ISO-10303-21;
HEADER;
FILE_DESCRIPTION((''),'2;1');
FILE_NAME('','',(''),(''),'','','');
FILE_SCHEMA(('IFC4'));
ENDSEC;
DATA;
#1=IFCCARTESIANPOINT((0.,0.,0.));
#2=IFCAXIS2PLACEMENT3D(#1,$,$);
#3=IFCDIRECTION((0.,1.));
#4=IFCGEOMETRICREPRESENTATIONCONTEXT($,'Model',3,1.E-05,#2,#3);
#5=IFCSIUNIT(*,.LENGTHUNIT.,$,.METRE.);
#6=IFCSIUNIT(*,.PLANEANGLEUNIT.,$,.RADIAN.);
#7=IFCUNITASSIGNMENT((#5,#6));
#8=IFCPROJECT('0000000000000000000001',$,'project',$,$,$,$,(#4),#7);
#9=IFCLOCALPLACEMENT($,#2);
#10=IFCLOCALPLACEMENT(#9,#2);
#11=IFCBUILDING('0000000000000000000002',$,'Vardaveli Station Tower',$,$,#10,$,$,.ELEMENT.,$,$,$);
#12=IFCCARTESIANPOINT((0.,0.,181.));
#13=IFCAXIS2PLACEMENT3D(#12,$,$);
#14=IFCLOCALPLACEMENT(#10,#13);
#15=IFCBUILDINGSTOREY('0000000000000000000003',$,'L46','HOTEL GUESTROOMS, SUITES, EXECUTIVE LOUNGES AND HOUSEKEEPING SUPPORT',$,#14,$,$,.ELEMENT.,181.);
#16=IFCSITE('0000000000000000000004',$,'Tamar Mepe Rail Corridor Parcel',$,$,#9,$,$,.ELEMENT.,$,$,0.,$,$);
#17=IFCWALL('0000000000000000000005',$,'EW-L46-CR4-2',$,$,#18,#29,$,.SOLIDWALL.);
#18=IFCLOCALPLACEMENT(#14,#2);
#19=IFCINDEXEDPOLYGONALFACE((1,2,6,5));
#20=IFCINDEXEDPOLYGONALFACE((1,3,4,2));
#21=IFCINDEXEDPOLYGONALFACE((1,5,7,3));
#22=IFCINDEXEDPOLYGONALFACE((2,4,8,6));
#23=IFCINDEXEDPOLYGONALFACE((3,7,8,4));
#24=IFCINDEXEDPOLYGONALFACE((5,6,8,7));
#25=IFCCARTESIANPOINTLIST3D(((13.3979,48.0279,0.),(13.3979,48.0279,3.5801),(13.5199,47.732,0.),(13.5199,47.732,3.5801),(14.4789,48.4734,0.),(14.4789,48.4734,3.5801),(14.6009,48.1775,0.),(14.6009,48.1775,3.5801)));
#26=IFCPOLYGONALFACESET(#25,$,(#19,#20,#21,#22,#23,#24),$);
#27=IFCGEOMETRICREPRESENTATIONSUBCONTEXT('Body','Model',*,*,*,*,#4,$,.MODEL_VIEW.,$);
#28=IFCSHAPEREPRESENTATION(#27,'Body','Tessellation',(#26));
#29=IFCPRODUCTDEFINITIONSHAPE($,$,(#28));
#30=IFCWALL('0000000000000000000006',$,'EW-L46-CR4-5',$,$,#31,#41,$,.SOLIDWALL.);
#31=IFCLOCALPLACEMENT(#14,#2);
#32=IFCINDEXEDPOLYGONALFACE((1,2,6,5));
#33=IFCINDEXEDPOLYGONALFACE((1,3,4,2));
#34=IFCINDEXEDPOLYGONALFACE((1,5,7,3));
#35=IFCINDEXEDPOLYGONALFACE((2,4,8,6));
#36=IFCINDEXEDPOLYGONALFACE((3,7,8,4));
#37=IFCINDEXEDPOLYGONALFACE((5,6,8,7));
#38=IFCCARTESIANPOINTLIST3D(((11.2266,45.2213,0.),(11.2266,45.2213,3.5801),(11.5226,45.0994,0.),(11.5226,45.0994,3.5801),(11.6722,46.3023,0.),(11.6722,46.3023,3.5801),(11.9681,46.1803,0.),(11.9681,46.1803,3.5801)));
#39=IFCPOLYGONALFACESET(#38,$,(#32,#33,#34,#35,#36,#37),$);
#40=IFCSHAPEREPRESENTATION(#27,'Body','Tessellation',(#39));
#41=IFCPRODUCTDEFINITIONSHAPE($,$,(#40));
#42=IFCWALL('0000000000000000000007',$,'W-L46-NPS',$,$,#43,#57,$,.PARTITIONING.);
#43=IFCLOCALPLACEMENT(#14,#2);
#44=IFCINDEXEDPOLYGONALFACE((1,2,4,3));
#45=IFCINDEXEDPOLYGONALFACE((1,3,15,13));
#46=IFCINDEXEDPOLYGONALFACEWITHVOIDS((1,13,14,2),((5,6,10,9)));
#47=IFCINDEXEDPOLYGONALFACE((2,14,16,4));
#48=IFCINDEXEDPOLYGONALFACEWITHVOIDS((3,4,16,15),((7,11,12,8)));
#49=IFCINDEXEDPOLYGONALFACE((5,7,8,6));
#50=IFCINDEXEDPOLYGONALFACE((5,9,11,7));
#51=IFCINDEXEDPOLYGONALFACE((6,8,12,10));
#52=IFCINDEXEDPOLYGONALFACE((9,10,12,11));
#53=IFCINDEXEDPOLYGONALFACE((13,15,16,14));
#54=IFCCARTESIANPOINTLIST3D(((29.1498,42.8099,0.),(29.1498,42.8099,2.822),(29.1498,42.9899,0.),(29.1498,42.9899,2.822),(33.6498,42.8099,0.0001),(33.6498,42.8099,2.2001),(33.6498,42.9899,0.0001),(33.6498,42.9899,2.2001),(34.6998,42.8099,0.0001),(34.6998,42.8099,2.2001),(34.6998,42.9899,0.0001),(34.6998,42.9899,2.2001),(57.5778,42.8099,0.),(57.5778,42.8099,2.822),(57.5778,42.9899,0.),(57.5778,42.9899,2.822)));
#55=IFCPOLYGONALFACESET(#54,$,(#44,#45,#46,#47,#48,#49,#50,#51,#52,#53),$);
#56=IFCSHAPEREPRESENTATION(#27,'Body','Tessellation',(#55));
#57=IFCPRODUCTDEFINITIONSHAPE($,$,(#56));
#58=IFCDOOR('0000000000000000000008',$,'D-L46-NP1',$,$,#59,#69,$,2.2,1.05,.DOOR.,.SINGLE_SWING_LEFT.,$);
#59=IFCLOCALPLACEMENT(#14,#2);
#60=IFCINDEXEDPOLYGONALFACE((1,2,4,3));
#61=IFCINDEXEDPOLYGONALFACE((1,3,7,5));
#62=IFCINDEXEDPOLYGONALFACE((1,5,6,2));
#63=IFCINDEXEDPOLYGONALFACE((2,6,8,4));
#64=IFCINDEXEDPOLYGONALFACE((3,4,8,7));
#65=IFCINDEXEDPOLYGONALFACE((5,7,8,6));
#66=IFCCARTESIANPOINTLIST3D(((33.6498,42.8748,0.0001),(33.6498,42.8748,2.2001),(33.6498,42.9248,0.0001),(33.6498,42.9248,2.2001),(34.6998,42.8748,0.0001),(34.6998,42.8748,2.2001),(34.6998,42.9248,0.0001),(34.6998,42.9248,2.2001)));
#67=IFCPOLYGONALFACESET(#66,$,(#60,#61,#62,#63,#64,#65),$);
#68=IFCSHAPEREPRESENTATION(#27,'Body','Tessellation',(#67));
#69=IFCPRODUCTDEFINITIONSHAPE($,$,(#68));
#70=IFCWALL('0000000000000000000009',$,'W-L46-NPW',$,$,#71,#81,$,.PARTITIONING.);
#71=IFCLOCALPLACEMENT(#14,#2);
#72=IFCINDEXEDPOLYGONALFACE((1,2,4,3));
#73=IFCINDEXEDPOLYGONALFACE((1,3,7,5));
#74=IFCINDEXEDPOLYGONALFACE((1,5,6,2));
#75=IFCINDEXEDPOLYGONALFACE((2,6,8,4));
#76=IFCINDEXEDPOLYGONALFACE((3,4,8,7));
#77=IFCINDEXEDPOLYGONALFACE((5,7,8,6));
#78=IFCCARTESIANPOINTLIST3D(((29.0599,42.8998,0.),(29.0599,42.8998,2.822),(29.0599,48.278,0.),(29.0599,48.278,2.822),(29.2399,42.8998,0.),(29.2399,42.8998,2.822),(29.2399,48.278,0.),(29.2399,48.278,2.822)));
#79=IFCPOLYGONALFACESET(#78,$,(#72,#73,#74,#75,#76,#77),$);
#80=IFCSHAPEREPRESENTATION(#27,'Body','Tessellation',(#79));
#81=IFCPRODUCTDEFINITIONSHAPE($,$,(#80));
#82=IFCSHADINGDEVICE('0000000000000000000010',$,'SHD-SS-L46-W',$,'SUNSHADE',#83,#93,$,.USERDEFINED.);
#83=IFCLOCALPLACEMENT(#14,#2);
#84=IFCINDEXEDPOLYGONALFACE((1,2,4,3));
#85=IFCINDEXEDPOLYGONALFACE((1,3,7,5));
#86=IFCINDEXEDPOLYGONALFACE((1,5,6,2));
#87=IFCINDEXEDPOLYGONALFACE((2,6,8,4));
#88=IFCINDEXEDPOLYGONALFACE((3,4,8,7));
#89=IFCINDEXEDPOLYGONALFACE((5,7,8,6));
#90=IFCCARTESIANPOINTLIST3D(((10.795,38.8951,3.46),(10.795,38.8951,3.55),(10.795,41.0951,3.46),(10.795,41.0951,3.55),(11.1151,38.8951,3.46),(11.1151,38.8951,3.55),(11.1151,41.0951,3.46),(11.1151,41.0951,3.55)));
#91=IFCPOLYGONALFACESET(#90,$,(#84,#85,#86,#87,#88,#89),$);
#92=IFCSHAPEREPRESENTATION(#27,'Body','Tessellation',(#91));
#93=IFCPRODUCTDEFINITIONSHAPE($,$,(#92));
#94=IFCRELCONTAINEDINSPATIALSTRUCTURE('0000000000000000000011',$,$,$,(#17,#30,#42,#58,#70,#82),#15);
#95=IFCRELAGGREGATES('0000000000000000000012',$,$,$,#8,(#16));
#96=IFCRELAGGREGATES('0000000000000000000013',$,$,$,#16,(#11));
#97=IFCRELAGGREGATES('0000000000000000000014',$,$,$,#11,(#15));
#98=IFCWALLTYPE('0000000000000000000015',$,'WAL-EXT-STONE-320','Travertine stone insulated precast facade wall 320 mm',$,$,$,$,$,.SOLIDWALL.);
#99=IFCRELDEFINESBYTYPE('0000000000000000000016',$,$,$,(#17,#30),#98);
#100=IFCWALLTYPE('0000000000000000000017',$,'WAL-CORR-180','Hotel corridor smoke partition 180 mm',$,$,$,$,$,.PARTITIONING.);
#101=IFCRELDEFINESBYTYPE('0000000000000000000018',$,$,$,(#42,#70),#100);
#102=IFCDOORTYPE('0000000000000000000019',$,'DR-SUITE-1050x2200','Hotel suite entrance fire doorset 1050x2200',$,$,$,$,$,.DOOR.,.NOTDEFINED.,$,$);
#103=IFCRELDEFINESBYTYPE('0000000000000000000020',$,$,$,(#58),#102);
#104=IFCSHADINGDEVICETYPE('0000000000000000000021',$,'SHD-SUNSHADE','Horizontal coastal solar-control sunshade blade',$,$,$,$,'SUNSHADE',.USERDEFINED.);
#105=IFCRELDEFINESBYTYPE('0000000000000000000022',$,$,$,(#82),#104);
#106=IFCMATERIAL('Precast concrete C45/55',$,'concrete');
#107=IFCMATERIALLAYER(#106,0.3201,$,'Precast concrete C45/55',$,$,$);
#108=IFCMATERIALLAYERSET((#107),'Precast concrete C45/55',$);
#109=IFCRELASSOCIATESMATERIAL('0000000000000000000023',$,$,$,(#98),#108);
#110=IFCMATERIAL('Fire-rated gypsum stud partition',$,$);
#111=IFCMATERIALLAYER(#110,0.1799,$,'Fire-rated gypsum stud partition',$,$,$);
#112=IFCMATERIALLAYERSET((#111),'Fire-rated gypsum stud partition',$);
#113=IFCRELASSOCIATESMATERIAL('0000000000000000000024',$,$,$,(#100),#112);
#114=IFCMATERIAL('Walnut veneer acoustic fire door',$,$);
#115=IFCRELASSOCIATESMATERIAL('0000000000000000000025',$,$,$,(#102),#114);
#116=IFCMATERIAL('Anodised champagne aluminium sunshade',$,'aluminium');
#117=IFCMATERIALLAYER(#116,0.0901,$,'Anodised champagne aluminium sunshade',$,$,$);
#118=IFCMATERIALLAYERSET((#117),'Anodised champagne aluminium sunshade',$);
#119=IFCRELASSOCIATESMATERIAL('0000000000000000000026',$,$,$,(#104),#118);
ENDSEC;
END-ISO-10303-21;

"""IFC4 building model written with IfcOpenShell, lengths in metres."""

from ifc_helpers import new_model, si_unit, direction, frame, frame_2d, origin, origin_2d, place, context, subcontext, project, spatial, rectangle, extrude, source, transform, mapped, material, layer, layer_set, type_object, element, fill, save


model = new_model("IFC4")

# Units and contexts
model_context = context("Model", 3, precision=1e-05, world=origin(), true_north=direction((0.0, 1.0)))
body_context = subcontext(model_context, "Body", "Model", "MODEL_VIEW")
ifc_project = project(units=[si_unit("LENGTHUNIT", "METRE"), si_unit("PLANEANGLEUNIT", "RADIAN")], contexts=[model_context])

# Site, building, storey
site_placement = place(None, origin())
site = spatial("IfcSite", under=ifc_project, at=site_placement, Name="Tamar Mepe Rail Corridor Parcel", CompositionType="ELEMENT", RefElevation=0.0)
building_placement = place(site_placement, origin())
building = spatial("IfcBuilding", under=site, at=building_placement, Name="Vardaveli Station Tower", CompositionType="ELEMENT")
storey_placement = place(building_placement, frame((0.0, 0.0, 181.0)))
storey = spatial("IfcBuildingStorey", under=building, at=storey_placement, Name="L46", Description="HOTEL GUESTROOMS, SUITES, EXECUTIVE LOUNGES AND HOUSEKEEPING SUPPORT", CompositionType="ELEMENT", Elevation=181.0)

# Shared definitions
ifc_material_1 = material(Name="Precast concrete C45/55", Category="concrete")

# Shared definitions
ifc_layer_1 = layer(ifc_material_1, 0.3201, Name="Precast concrete C45/55")
ifc_layer_set_1 = layer_set([ifc_layer_1], Name="Precast concrete C45/55")
wall_type_1 = type_object("IfcWallType", Name="WAL-EXT-STONE-320", Description="Travertine stone insulated precast facade wall 320 mm", PredefinedType="SOLIDWALL", material=ifc_layer_set_1)

# Walls
shared_shape_1 = source(origin(), body_context, "Body", "SweptSolid", [
    extrude(rectangle(XDim=1.1692, YDim=0.3201, at=frame_2d((0.5845, 0.0))), origin(), (0.0, 0.0, 1.0), 3.5801),
])
for number, where, z_axis, x_axis, name in (
    (1, (14.5398, 48.3254, 0.0), (0.0, 0.0, 1.0), (-0.924553, -0.381054, 0.0), "EW-L46-CR4-2"),
    (2, (11.8201, 46.2412, 0.0), (0.0, 0.0, 1.0), (-0.381054, -0.924553, 0.0), "EW-L46-CR4-5"),
):
    element("IfcWall", number, at=place(storey_placement, frame(where, z_axis=z_axis, x_axis=x_axis)), inside=storey, type_object=wall_type_1, Name=name, PredefinedType="SOLIDWALL", context=body_context, shape_type="MappedRepresentation", body=[
        mapped(shared_shape_1, transform((0.0, 0.0, 0.0), scale=1.0)),
    ])

# Wall, opening, door
ifc_material_2 = material(Name="Fire-rated gypsum stud partition")
ifc_layer_2 = layer(ifc_material_2, 0.1799, Name="Fire-rated gypsum stud partition")
ifc_layer_set_2 = layer_set([ifc_layer_2], Name="Fire-rated gypsum stud partition")
wall_type_2 = type_object("IfcWallType", Name="WAL-CORR-180", Description="Hotel corridor smoke partition 180 mm", PredefinedType="PARTITIONING", material=ifc_layer_set_2)
shared_shape_2 = source(origin(), body_context, "Body", "SweptSolid", [
    extrude(rectangle(XDim=28.428, YDim=0.1799, at=frame_2d((14.2139, 0.0))), origin(), (0.0, 0.0, 1.0), 2.822),
])
wall_1_placement = place(storey_placement, frame((29.1499, 42.8999, 0.0), z_axis=(0.0, 0.0, 1.0), x_axis=(1.0, 0.0, 0.0)))
wall_1 = element("IfcWall", 3, at=wall_1_placement, inside=storey, type_object=wall_type_2, Name="W-L46-NPS", PredefinedType="PARTITIONING", context=body_context, shape_type="MappedRepresentation", body=[
    mapped(shared_shape_2, transform((0.0, 0.0, 0.0), scale=1.0)),
])
shared_shape_3 = source(origin(), body_context, "Body", "SweptSolid", [
    extrude(rectangle(XDim=1.05, YDim=2.2, at=frame_2d((0.5249, 1.1001))), frame((0.0, 0.1001, 0.0), z_axis=(0.0, -1.0, 0.0), x_axis=(1.0, 0.0, 0.0)), (0.0, 0.0, 1.0), 0.2),
])
opening_1_placement = place(wall_1_placement, frame((4.5, 0.0, 0.0)))
opening_1 = element("IfcOpeningElement", 4, at=opening_1_placement, cuts=wall_1, PredefinedType="OPENING", context=body_context, shape_type="MappedRepresentation", body=[
    mapped(shared_shape_3, transform((0.0, 0.0, 0.0), scale=1.0)),
])
ifc_material_3 = material(Name="Walnut veneer acoustic fire door")
door_type_1 = type_object("IfcDoorType", Name="DR-SUITE-1050x2200", Description="Hotel suite entrance fire doorset 1050x2200", OperationType="NOTDEFINED", PredefinedType="DOOR", material=ifc_material_3)
shared_shape_4 = source(origin(), body_context, "Body", "SweptSolid", [
    extrude(rectangle(XDim=1.05, YDim=2.2, at=frame_2d((0.5249, 1.1001))), frame((0.0, 0.0249, 0.0), z_axis=(0.0, -1.0, 0.0), x_axis=(1.0, 0.0, 0.0)), (0.0, 0.0, 1.0), 0.05),
])
door_1_placement = place(opening_1_placement, origin())
door_1 = element("IfcDoor", 5, at=door_1_placement, inside=storey, type_object=door_type_1, Name="D-L46-NP1", OperationType="SINGLE_SWING_LEFT", OverallHeight=2.2, OverallWidth=1.05, PredefinedType="DOOR", context=body_context, shape_type="MappedRepresentation", body=[
    mapped(shared_shape_4, transform((0.0, 0.0, 0.0), scale=1.0)),
])
fill(opening_1, door_1)

# Wall
shared_shape_5 = source(origin(), body_context, "Body", "SweptSolid", [
    extrude(rectangle(XDim=5.3782, YDim=0.1799, at=frame_2d((2.689, 0.0))), origin(), (0.0, 0.0, 1.0), 2.822),
])
wall_2_placement = place(storey_placement, frame((29.1499, 42.8999, 0.0), z_axis=(0.0, 0.0, 1.0), x_axis=(0.0, 1.0, 0.0)))
element("IfcWall", 6, at=wall_2_placement, inside=storey, type_object=wall_type_2, Name="W-L46-NPW", PredefinedType="PARTITIONING", context=body_context, shape_type="MappedRepresentation", body=[
    mapped(shared_shape_5, transform((0.0, 0.0, 0.0), scale=1.0)),
])

# Shading device
ifc_material_4 = material(Name="Anodised champagne aluminium sunshade", Category="aluminium")
ifc_layer_3 = layer(ifc_material_4, 0.0901, Name="Anodised champagne aluminium sunshade")
ifc_layer_set_3 = layer_set([ifc_layer_3], Name="Anodised champagne aluminium sunshade")
shading_device_type = type_object("IfcShadingDeviceType", Name="SHD-SUNSHADE", Description="Horizontal coastal solar-control sunshade blade", ElementType="SUNSHADE", PredefinedType="USERDEFINED", material=ifc_layer_set_3)
shared_shape_6 = source(origin(), body_context, "Body", "SweptSolid", [
    extrude(rectangle(XDim=2.2, YDim=0.3201, at=origin_2d()), origin(), (0.0, 0.0, 1.0), 0.0901),
])
shading_device_placement = place(storey_placement, frame((10.9551, 39.9951, 3.46), z_axis=(0.0, 0.0, 1.0), x_axis=(0.0, 1.0, 0.0)))
element("IfcShadingDevice", 7, at=shading_device_placement, inside=storey, type_object=shading_device_type, Name="SHD-SS-L46-W", ObjectType="SUNSHADE", PredefinedType="USERDEFINED", context=body_context, shape_type="MappedRepresentation", body=[
    mapped(shared_shape_6, transform((0.0, 0.0, 0.0), scale=1.0)),
])

save(model, "model.ifc")
